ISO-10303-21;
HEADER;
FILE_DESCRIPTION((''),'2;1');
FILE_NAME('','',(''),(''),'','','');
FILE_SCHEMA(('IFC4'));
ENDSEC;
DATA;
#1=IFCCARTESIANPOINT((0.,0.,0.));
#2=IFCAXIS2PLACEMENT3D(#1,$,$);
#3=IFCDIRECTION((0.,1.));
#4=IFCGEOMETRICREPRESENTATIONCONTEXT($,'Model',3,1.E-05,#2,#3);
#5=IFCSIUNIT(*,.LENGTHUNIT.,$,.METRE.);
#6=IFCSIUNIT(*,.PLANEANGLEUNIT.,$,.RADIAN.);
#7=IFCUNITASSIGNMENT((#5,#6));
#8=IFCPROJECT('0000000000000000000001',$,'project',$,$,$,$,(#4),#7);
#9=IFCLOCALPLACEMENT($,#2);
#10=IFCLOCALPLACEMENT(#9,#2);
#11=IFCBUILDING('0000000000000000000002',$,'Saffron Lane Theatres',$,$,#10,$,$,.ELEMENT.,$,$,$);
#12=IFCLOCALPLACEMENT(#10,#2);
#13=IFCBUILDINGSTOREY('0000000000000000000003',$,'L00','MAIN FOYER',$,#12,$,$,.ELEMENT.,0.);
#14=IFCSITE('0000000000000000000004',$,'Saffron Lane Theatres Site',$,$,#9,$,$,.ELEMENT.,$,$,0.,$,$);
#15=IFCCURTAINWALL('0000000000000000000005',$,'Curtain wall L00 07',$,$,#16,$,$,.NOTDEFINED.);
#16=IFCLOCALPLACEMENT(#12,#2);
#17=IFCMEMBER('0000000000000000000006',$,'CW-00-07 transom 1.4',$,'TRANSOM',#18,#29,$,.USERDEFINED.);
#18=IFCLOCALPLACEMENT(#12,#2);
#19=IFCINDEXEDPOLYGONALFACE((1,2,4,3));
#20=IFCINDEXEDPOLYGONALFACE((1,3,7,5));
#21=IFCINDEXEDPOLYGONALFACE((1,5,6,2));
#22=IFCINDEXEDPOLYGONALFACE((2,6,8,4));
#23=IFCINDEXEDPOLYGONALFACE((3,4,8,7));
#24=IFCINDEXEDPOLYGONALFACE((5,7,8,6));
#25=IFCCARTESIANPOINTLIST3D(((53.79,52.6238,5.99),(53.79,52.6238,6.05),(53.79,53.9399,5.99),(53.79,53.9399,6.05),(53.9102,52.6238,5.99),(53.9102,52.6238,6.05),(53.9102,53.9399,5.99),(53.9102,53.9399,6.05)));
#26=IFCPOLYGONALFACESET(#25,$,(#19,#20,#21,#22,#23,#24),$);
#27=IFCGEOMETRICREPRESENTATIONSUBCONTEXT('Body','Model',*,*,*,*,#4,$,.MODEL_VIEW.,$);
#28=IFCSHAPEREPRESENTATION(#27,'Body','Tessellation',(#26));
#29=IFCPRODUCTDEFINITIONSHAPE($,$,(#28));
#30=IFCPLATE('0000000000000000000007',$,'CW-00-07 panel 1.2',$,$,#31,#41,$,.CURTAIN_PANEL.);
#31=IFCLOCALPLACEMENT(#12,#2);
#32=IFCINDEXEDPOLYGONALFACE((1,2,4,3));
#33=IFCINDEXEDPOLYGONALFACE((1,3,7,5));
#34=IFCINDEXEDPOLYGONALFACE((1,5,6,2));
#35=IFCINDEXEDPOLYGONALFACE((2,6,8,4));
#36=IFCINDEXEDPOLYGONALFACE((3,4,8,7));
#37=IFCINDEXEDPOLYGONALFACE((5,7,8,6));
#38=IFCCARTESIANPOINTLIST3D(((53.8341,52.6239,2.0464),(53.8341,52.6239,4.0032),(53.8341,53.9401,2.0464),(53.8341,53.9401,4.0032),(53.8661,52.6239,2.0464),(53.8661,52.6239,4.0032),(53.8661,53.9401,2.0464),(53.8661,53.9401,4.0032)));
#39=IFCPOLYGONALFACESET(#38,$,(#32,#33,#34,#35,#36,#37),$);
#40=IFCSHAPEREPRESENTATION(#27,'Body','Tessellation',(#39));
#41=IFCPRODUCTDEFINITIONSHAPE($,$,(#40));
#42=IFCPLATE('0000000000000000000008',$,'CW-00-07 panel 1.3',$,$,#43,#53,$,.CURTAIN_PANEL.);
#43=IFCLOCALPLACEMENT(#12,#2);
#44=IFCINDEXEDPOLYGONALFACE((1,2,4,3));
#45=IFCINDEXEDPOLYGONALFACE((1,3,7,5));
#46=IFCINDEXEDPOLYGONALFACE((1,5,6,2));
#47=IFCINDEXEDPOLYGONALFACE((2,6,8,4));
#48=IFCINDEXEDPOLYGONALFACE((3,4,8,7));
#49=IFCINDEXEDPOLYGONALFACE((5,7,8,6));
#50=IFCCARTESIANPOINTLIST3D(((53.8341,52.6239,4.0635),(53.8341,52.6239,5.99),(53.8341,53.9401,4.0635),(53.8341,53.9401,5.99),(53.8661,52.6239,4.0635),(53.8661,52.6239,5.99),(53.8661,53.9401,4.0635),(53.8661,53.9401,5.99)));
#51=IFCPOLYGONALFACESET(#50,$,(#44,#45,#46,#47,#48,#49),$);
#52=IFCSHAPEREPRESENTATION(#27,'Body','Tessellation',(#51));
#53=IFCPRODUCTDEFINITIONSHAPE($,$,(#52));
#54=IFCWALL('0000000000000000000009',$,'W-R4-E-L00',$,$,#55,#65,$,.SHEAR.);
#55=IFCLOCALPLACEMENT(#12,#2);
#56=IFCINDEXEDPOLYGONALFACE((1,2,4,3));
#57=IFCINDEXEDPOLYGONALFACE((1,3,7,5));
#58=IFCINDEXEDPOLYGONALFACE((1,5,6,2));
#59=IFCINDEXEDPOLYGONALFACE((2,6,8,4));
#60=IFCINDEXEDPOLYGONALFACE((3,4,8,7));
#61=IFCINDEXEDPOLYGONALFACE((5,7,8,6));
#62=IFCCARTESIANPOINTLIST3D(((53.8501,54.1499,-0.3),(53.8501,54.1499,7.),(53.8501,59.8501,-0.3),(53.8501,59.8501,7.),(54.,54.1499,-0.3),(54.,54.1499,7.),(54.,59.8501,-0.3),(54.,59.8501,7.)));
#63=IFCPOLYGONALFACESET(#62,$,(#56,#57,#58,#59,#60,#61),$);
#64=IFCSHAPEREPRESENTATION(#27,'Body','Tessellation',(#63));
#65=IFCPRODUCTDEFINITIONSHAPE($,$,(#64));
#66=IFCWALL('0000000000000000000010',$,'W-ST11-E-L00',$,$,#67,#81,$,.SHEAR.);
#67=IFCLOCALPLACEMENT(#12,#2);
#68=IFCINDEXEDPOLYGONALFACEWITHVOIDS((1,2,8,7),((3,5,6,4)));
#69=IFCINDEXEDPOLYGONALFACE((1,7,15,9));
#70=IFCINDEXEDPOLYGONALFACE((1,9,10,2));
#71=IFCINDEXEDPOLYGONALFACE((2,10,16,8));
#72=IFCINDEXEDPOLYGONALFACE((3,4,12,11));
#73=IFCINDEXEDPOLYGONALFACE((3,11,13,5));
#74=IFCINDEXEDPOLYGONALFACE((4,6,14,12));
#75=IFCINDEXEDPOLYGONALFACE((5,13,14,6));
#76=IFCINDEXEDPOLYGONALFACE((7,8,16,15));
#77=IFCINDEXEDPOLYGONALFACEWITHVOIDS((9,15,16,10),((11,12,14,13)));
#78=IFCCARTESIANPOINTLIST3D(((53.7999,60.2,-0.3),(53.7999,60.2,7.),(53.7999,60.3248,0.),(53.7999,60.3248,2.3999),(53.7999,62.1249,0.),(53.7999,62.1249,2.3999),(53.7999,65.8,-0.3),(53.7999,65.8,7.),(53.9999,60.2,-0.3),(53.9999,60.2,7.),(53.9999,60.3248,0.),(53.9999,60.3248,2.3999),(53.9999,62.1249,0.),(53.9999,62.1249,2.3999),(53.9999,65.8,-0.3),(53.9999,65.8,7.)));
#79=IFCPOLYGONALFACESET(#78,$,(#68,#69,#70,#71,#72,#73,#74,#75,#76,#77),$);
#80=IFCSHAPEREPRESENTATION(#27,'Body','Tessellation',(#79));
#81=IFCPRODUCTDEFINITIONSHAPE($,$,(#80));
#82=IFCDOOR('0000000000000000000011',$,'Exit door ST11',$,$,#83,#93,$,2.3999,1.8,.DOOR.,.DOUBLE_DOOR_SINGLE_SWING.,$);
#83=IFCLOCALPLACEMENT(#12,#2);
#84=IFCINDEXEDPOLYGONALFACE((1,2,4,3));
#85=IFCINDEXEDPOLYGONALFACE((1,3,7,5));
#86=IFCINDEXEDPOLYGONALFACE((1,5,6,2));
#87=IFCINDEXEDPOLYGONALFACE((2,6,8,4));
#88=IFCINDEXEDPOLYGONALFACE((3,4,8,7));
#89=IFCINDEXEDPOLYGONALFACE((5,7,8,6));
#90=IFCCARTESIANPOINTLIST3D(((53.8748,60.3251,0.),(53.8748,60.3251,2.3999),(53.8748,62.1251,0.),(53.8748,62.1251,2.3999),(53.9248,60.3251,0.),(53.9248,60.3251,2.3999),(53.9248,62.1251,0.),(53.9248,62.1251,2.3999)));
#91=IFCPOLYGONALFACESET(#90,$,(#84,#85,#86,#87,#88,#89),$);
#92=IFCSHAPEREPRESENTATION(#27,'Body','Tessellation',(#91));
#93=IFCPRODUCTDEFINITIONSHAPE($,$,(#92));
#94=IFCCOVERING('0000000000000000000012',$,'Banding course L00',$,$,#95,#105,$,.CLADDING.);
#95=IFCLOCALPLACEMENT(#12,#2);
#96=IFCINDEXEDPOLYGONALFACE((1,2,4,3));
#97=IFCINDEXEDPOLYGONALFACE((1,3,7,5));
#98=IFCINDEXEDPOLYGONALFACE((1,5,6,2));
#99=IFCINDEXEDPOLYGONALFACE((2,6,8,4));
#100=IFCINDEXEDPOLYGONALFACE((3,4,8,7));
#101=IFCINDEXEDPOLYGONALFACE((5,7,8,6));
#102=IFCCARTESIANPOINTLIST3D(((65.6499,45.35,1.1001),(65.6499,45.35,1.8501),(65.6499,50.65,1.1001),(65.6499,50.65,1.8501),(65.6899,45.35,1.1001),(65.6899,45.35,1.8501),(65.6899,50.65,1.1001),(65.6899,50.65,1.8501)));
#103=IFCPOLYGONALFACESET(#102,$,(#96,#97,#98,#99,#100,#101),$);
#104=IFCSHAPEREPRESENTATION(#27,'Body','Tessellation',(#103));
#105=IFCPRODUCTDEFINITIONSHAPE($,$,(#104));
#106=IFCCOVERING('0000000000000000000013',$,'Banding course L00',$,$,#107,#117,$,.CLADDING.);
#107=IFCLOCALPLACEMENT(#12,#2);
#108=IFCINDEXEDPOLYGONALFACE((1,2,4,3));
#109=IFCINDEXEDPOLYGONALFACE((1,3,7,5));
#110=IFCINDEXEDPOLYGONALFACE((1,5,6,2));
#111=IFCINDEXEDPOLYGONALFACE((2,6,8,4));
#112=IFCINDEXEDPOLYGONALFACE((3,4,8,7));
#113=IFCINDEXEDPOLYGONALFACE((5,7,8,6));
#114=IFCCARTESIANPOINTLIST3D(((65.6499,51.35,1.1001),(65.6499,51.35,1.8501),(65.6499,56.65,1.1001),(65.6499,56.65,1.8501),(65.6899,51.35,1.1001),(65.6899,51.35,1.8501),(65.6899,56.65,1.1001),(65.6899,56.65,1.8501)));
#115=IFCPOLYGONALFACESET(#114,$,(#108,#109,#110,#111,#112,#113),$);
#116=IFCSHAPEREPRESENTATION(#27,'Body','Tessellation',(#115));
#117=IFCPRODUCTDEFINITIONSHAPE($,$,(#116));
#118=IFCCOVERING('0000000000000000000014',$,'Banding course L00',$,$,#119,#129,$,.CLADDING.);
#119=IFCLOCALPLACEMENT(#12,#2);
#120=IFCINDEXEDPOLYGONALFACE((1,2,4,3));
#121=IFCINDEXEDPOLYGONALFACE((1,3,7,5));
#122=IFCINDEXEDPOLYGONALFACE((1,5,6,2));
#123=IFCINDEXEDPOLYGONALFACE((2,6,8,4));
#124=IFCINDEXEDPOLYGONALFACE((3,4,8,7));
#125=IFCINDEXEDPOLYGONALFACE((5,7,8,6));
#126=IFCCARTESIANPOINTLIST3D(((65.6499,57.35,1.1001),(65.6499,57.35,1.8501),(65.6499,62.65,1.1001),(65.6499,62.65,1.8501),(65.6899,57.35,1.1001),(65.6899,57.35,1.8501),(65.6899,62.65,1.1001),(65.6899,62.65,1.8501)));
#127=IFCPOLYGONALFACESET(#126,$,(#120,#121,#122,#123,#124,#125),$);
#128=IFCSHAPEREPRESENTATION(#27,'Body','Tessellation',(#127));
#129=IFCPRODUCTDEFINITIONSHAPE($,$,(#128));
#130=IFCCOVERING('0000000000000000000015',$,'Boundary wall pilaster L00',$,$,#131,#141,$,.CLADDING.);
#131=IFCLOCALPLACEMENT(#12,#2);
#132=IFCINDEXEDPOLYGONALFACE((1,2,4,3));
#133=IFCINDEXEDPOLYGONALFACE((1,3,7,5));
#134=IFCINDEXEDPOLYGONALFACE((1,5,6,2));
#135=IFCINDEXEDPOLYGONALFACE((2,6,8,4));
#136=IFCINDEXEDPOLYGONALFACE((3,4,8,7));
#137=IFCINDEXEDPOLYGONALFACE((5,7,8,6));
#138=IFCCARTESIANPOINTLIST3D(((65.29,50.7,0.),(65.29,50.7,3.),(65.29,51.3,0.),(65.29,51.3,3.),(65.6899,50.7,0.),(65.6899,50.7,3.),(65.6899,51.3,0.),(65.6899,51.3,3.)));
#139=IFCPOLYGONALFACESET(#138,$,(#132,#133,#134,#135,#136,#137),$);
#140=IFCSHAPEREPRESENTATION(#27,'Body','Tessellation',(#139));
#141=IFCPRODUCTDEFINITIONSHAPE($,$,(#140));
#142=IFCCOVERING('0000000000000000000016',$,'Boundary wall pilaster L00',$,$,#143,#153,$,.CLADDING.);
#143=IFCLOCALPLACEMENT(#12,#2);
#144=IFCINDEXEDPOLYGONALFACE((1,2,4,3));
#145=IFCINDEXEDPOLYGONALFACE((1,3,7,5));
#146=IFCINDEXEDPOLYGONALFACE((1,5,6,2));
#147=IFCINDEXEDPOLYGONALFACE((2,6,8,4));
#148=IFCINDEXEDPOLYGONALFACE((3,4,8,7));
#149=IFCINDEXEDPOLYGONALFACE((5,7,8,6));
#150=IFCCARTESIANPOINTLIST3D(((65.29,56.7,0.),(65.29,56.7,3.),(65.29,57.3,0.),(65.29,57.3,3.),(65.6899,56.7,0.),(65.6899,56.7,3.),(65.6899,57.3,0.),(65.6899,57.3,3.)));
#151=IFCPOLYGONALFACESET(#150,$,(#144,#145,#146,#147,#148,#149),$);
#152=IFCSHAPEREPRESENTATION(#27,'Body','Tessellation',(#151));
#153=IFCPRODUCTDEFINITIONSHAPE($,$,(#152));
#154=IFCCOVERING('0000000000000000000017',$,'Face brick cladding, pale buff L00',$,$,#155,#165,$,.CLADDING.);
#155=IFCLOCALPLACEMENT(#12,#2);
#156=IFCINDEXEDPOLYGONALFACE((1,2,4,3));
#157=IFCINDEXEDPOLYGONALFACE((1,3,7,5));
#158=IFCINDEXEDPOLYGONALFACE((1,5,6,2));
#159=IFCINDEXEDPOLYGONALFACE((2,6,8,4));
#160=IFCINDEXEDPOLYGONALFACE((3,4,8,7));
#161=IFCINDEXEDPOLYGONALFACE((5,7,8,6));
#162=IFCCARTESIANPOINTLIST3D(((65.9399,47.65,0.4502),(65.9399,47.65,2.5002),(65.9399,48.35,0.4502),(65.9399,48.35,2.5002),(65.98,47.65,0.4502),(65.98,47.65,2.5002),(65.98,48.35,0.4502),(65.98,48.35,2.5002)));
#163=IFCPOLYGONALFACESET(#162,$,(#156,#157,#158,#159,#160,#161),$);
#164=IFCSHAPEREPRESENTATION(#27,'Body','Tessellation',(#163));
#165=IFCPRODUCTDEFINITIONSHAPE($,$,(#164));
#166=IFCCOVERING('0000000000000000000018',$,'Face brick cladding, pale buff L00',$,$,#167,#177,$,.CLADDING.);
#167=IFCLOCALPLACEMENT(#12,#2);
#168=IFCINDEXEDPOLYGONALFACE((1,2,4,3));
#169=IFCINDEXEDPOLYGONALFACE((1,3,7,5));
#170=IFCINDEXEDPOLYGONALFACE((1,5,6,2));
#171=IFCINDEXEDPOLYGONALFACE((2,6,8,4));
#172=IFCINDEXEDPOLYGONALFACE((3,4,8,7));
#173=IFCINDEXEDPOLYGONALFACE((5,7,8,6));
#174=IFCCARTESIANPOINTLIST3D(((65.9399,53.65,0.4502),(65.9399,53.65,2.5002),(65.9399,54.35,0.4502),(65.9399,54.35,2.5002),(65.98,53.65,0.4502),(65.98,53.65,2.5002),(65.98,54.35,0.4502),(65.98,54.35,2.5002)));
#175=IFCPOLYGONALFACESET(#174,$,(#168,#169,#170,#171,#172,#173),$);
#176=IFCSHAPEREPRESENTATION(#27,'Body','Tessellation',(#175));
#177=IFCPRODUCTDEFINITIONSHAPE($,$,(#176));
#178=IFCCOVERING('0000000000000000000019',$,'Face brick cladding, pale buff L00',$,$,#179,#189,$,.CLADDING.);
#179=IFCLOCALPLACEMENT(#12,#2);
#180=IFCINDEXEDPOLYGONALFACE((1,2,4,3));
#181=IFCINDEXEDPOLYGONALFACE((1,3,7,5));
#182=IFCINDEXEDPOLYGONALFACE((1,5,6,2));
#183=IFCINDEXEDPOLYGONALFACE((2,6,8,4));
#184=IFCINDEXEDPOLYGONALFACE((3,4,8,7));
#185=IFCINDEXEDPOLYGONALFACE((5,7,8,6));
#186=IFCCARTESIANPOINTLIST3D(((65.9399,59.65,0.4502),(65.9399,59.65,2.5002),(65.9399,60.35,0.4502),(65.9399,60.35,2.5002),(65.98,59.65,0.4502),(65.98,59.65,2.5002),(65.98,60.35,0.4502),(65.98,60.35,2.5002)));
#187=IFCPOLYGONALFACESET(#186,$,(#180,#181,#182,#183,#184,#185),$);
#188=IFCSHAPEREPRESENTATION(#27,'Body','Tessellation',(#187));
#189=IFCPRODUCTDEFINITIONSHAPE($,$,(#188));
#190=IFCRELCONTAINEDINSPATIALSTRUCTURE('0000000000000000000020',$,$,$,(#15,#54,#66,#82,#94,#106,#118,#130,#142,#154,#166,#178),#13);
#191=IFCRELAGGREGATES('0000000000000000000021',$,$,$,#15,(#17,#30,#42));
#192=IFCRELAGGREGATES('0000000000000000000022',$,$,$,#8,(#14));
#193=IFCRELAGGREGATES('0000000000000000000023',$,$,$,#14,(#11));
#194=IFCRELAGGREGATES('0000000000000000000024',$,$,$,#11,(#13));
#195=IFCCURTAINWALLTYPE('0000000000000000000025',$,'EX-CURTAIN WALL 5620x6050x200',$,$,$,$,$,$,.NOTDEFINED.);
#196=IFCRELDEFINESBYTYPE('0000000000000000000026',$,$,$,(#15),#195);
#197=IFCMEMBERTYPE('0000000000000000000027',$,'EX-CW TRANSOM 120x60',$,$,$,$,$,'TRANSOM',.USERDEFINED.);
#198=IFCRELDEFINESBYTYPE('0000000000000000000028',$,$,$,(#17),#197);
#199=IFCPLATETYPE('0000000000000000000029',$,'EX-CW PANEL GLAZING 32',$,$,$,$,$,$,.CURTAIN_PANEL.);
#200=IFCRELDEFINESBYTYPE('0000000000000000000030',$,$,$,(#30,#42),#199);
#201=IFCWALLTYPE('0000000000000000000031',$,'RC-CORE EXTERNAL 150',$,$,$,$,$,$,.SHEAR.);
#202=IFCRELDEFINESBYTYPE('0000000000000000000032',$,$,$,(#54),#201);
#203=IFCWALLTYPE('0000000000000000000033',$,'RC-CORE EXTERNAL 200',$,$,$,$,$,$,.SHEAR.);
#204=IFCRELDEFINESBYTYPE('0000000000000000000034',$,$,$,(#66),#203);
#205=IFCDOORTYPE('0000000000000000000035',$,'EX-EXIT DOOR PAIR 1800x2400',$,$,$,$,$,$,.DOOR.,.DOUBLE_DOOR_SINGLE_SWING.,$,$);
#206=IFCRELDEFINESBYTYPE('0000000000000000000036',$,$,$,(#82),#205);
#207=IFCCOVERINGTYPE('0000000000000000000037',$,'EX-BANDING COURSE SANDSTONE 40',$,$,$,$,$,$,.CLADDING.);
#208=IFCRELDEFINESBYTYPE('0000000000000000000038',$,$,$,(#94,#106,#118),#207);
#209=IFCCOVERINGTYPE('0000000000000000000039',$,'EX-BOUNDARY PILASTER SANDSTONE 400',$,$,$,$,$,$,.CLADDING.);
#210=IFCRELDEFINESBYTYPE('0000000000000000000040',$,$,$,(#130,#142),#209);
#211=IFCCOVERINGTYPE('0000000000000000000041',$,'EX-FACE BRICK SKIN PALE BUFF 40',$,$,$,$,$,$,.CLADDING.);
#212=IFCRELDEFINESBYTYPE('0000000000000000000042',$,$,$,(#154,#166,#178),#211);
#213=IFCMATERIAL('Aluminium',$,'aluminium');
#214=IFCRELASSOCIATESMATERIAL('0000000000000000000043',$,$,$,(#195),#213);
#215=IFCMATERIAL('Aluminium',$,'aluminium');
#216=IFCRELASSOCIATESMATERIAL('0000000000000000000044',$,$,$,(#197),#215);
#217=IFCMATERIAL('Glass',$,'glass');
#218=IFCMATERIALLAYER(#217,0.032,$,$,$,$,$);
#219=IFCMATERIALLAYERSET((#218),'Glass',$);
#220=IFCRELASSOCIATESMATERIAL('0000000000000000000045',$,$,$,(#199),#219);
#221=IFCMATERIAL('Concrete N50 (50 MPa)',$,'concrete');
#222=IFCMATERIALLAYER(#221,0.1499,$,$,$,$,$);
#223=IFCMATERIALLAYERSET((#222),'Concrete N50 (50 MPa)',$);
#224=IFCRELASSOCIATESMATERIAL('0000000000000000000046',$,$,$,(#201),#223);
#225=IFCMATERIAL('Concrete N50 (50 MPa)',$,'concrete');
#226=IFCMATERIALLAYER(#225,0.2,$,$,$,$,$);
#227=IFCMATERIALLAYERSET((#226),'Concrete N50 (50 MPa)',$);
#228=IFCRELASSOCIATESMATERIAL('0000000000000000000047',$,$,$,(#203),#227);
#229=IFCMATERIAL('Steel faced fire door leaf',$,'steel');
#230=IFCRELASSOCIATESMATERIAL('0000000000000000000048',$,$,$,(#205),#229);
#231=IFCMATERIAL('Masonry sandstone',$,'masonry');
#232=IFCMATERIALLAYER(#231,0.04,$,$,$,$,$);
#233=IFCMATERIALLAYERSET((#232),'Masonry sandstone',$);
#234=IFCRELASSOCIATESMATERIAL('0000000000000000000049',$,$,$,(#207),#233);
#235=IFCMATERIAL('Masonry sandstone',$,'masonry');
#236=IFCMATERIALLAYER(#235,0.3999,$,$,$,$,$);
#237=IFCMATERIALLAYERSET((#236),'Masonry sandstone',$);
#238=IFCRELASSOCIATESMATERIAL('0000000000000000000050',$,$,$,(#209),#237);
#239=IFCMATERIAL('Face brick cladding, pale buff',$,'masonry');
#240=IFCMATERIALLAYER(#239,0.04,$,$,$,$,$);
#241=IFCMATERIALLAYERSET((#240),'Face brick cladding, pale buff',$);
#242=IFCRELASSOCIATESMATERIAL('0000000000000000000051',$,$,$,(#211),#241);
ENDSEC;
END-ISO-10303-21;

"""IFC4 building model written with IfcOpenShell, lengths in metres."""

from ifc_helpers import new_model, si_unit, direction, frame, frame_2d, origin, origin_2d, place, context, subcontext, project, spatial, rectangle, extrude, material, layer, layer_set, material_profile, profile_set, type_object, element, fill, aggregate, save


model = new_model("IFC4")

# Units and contexts
model_context = context("Model", 3, precision=1e-05, world=origin(), true_north=direction((0.0, 1.0)))
body_context = subcontext(model_context, "Body", "Model", "MODEL_VIEW")
ifc_project = project(units=[si_unit("LENGTHUNIT", "METRE"), si_unit("PLANEANGLEUNIT", "RADIAN")], contexts=[model_context])

# Site, building, storey
site_placement = place(None, origin())
site = spatial("IfcSite", under=ifc_project, at=site_placement, Name="Saffron Lane Theatres Site", CompositionType="ELEMENT", RefElevation=0.0)
building_placement = place(site_placement, origin())
building = spatial("IfcBuilding", under=site, at=building_placement, Name="Saffron Lane Theatres", CompositionType="ELEMENT")
storey_placement = place(building_placement, origin())
storey = spatial("IfcBuildingStorey", under=building, at=storey_placement, Name="L00", Description="MAIN FOYER", CompositionType="ELEMENT", Elevation=0.0)

# Curtain wall, member, plates
ifc_material_1 = material(Name="Aluminium", Category="aluminium")
curtain_wall_type = type_object("IfcCurtainWallType", Name="EX-CURTAIN WALL 5620x6050x200", PredefinedType="NOTDEFINED", material=ifc_material_1)
curtain_wall_placement = place(storey_placement, origin())
curtain_wall = element("IfcCurtainWall", 1, at=curtain_wall_placement, inside=storey, type_object=curtain_wall_type, Name="Curtain wall L00 07", PredefinedType="NOTDEFINED")
ifc_material_2 = material(Name="Aluminium", Category="aluminium")
ifc_material_profile_1 = material_profile(ifc_material_2, rectangle(XDim=0.1201, YDim=0.0601, at=origin_2d()))
ifc_profile_set_1 = profile_set([ifc_material_profile_1], Name="Aluminium")
member_type_1 = type_object("IfcMemberType", Name="EX-CW TRANSOM 120x60", ElementType="TRANSOM", PredefinedType="USERDEFINED", material=ifc_profile_set_1)
member_1_placement = place(storey_placement, frame((53.8501, 53.9399, 6.02), z_axis=(0.0, -1.0, 0.0), x_axis=(1.0, 0.0, 0.0)))
member_1 = element("IfcMember", 2, at=member_1_placement, type_object=member_type_1, Name="CW-00-07 transom 1.4", ObjectType="TRANSOM", PredefinedType="USERDEFINED", context=body_context, shape_type="SweptSolid", body=[
    extrude(rectangle(XDim=0.1201, YDim=0.0601, at=origin_2d()), origin(), (0.0, 0.0, 1.0), 1.3162),
])
ifc_material_3 = material(Name="Glass", Category="glass")
ifc_layer_1 = layer(ifc_material_3, 0.032)
ifc_layer_set_1 = layer_set([ifc_layer_1], Name="Glass")
plate_type = type_object("IfcPlateType", Name="EX-CW PANEL GLAZING 32", PredefinedType="CURTAIN_PANEL", material=ifc_layer_set_1)
plate_1_placement = place(storey_placement, frame((53.8501, 53.282, 2.0464), z_axis=(0.0, 0.0, 1.0), x_axis=(0.0, -1.0, 0.0)))
plate_1 = element("IfcPlate", 3, at=plate_1_placement, type_object=plate_type, Name="CW-00-07 panel 1.2", PredefinedType="CURTAIN_PANEL", context=body_context, shape_type="SweptSolid", body=[
    extrude(rectangle(XDim=1.3162, YDim=0.032, at=origin_2d()), origin(), (0.0, 0.0, 1.0), 1.9568),
])
plate_2_placement = place(storey_placement, frame((53.8501, 53.282, 4.0635), z_axis=(0.0, 0.0, 1.0), x_axis=(0.0, -1.0, 0.0)))
plate_2 = element("IfcPlate", 4, at=plate_2_placement, type_object=plate_type, Name="CW-00-07 panel 1.3", PredefinedType="CURTAIN_PANEL", context=body_context, shape_type="SweptSolid", body=[
    extrude(rectangle(XDim=1.3162, YDim=0.032, at=origin_2d()), origin(), (0.0, 0.0, 1.0), 1.9265),
])
aggregate(curtain_wall, [member_1, plate_1, plate_2])

# Wall
ifc_material_4 = material(Name="Concrete N50 (50 MPa)", Category="concrete")
ifc_layer_2 = layer(ifc_material_4, 0.1499)
ifc_layer_set_2 = layer_set([ifc_layer_2], Name="Concrete N50 (50 MPa)")
wall_type_1 = type_object("IfcWallType", Name="RC-CORE EXTERNAL 150", PredefinedType="SHEAR", material=ifc_layer_set_2)
wall_1_placement = place(storey_placement, frame((53.925, 54.1499, -0.3), z_axis=(0.0, 0.0, 1.0), x_axis=(0.0, 1.0, 0.0)))
element("IfcWall", 5, at=wall_1_placement, inside=storey, type_object=wall_type_1, Name="W-R4-E-L00", PredefinedType="SHEAR", context=body_context, shape_type="SweptSolid", body=[
    extrude(rectangle(XDim=5.7002, YDim=0.1499, at=frame_2d((2.8501, 0.0))), origin(), (0.0, 0.0, 1.0), 7.3),
])

# Wall, opening, door
ifc_material_5 = material(Name="Concrete N50 (50 MPa)", Category="concrete")
ifc_layer_3 = layer(ifc_material_5, 0.2)
ifc_layer_set_3 = layer_set([ifc_layer_3], Name="Concrete N50 (50 MPa)")
wall_type_2 = type_object("IfcWallType", Name="RC-CORE EXTERNAL 200", PredefinedType="SHEAR", material=ifc_layer_set_3)
wall_2_placement = place(storey_placement, frame((53.8999, 60.2, -0.3), z_axis=(0.0, 0.0, 1.0), x_axis=(0.0, 1.0, 0.0)))
wall_2 = element("IfcWall", 6, at=wall_2_placement, inside=storey, type_object=wall_type_2, Name="W-ST11-E-L00", PredefinedType="SHEAR", context=body_context, shape_type="SweptSolid", body=[
    extrude(rectangle(XDim=5.6001, YDim=0.2, at=frame_2d((2.8, 0.0))), origin(), (0.0, 0.0, 1.0), 7.3),
])
opening_placement = place(wall_2_placement, frame((0.125, 0.0, 0.3)))
opening = element("IfcOpeningElement", 7, at=opening_placement, cuts=wall_2, PredefinedType="OPENING", context=body_context, shape_type="SweptSolid", body=[
    extrude(rectangle(XDim=1.8, YDim=2.3999, at=frame_2d((0.8999, 1.2))), frame((0.0, 0.1099, 0.0), z_axis=(0.0, -1.0, 0.0), x_axis=(1.0, 0.0, 0.0)), (0.0, 0.0, 1.0), 0.22),
])
ifc_material_6 = material(Name="Steel faced fire door leaf", Category="steel")
door_type = type_object("IfcDoorType", Name="EX-EXIT DOOR PAIR 1800x2400", OperationType="DOUBLE_DOOR_SINGLE_SWING", PredefinedType="DOOR", material=ifc_material_6)
door_placement = place(opening_placement, frame((1.8, 0.0, 0.0), z_axis=(0.0, 0.0, 1.0), x_axis=(-1.0, 0.0, 0.0)))
door = element("IfcDoor", 8, at=door_placement, inside=storey, type_object=door_type, Name="Exit door ST11", OperationType="DOUBLE_DOOR_SINGLE_SWING", OverallHeight=2.3999, OverallWidth=1.8, PredefinedType="DOOR", context=body_context, shape_type="SweptSolid", body=[
    extrude(rectangle(XDim=1.8, YDim=2.3999, at=frame_2d((0.8999, 1.2))), frame((0.0, 0.0249, 0.0), z_axis=(0.0, -1.0, 0.0), x_axis=(1.0, 0.0, 0.0)), (0.0, 0.0, 1.0), 0.05),
])
fill(opening, door)

# Coverings
ifc_material_7 = material(Name="Masonry sandstone", Category="masonry")
ifc_layer_4 = layer(ifc_material_7, 0.04)
ifc_layer_set_4 = layer_set([ifc_layer_4], Name="Masonry sandstone")
covering_type_1 = type_object("IfcCoveringType", Name="EX-BANDING COURSE SANDSTONE 40", PredefinedType="CLADDING", material=ifc_layer_set_4)
for number, where, z_axis, x_axis, name in (
    (9, (65.6699, 48.0, 1.1001), (0.0, 0.0, 1.0), (0.0, 1.0, 0.0), "Banding course L00"),
    (10, (65.6699, 54.0, 1.1001), (0.0, 0.0, 1.0), (0.0, 1.0, 0.0), "Banding course L00"),
    (11, (65.6699, 60.0, 1.1001), (0.0, 0.0, 1.0), (0.0, 1.0, 0.0), "Banding course L00"),
):
    element("IfcCovering", number, at=place(storey_placement, frame(where, z_axis=z_axis, x_axis=x_axis)), inside=storey, type_object=covering_type_1, Name=name, PredefinedType="CLADDING", context=body_context, shape_type="SweptSolid", body=[
        extrude(rectangle(XDim=5.3, YDim=0.04, at=origin_2d()), origin(), (0.0, 0.0, 1.0), 0.75),
    ])
ifc_material_8 = material(Name="Masonry sandstone", Category="masonry")
ifc_layer_5 = layer(ifc_material_8, 0.3999)
ifc_layer_set_5 = layer_set([ifc_layer_5], Name="Masonry sandstone")
covering_type_2 = type_object("IfcCoveringType", Name="EX-BOUNDARY PILASTER SANDSTONE 400", PredefinedType="CLADDING", material=ifc_layer_set_5)
for number, where, z_axis, x_axis, name in (
    (12, (65.49, 51.0, 0.0), (0.0, 0.0, 1.0), (0.0, 1.0, 0.0), "Boundary wall pilaster L00"),
    (13, (65.49, 57.0, 0.0), (0.0, 0.0, 1.0), (0.0, 1.0, 0.0), "Boundary wall pilaster L00"),
):
    element("IfcCovering", number, at=place(storey_placement, frame(where, z_axis=z_axis, x_axis=x_axis)), inside=storey, type_object=covering_type_2, Name=name, PredefinedType="CLADDING", context=body_context, shape_type="SweptSolid", body=[
        extrude(rectangle(XDim=0.6001, YDim=0.3999, at=origin_2d()), origin(), (0.0, 0.0, 1.0), 3.0),
    ])
ifc_material_9 = material(Name="Face brick cladding, pale buff", Category="masonry")
ifc_layer_6 = layer(ifc_material_9, 0.04)
ifc_layer_set_6 = layer_set([ifc_layer_6], Name="Face brick cladding, pale buff")
covering_type_3 = type_object("IfcCoveringType", Name="EX-FACE BRICK SKIN PALE BUFF 40", PredefinedType="CLADDING", material=ifc_layer_set_6)
for number, where, z_axis, x_axis, name in (
    (14, (65.96, 48.0, 0.4502), (0.0, 0.0, 1.0), (0.0, 1.0, 0.0), "Face brick cladding, pale buff L00"),
    (15, (65.96, 54.0, 0.4502), (0.0, 0.0, 1.0), (0.0, 1.0, 0.0), "Face brick cladding, pale buff L00"),
    (16, (65.96, 60.0, 0.4502), (0.0, 0.0, 1.0), (0.0, 1.0, 0.0), "Face brick cladding, pale buff L00"),
):
    element("IfcCovering", number, at=place(storey_placement, frame(where, z_axis=z_axis, x_axis=x_axis)), inside=storey, type_object=covering_type_3, Name=name, PredefinedType="CLADDING", context=body_context, shape_type="SweptSolid", body=[
        extrude(rectangle(XDim=0.7, YDim=0.04, at=origin_2d()), origin(), (0.0, 0.0, 1.0), 2.05),
    ])

save(model, "model.ifc")
